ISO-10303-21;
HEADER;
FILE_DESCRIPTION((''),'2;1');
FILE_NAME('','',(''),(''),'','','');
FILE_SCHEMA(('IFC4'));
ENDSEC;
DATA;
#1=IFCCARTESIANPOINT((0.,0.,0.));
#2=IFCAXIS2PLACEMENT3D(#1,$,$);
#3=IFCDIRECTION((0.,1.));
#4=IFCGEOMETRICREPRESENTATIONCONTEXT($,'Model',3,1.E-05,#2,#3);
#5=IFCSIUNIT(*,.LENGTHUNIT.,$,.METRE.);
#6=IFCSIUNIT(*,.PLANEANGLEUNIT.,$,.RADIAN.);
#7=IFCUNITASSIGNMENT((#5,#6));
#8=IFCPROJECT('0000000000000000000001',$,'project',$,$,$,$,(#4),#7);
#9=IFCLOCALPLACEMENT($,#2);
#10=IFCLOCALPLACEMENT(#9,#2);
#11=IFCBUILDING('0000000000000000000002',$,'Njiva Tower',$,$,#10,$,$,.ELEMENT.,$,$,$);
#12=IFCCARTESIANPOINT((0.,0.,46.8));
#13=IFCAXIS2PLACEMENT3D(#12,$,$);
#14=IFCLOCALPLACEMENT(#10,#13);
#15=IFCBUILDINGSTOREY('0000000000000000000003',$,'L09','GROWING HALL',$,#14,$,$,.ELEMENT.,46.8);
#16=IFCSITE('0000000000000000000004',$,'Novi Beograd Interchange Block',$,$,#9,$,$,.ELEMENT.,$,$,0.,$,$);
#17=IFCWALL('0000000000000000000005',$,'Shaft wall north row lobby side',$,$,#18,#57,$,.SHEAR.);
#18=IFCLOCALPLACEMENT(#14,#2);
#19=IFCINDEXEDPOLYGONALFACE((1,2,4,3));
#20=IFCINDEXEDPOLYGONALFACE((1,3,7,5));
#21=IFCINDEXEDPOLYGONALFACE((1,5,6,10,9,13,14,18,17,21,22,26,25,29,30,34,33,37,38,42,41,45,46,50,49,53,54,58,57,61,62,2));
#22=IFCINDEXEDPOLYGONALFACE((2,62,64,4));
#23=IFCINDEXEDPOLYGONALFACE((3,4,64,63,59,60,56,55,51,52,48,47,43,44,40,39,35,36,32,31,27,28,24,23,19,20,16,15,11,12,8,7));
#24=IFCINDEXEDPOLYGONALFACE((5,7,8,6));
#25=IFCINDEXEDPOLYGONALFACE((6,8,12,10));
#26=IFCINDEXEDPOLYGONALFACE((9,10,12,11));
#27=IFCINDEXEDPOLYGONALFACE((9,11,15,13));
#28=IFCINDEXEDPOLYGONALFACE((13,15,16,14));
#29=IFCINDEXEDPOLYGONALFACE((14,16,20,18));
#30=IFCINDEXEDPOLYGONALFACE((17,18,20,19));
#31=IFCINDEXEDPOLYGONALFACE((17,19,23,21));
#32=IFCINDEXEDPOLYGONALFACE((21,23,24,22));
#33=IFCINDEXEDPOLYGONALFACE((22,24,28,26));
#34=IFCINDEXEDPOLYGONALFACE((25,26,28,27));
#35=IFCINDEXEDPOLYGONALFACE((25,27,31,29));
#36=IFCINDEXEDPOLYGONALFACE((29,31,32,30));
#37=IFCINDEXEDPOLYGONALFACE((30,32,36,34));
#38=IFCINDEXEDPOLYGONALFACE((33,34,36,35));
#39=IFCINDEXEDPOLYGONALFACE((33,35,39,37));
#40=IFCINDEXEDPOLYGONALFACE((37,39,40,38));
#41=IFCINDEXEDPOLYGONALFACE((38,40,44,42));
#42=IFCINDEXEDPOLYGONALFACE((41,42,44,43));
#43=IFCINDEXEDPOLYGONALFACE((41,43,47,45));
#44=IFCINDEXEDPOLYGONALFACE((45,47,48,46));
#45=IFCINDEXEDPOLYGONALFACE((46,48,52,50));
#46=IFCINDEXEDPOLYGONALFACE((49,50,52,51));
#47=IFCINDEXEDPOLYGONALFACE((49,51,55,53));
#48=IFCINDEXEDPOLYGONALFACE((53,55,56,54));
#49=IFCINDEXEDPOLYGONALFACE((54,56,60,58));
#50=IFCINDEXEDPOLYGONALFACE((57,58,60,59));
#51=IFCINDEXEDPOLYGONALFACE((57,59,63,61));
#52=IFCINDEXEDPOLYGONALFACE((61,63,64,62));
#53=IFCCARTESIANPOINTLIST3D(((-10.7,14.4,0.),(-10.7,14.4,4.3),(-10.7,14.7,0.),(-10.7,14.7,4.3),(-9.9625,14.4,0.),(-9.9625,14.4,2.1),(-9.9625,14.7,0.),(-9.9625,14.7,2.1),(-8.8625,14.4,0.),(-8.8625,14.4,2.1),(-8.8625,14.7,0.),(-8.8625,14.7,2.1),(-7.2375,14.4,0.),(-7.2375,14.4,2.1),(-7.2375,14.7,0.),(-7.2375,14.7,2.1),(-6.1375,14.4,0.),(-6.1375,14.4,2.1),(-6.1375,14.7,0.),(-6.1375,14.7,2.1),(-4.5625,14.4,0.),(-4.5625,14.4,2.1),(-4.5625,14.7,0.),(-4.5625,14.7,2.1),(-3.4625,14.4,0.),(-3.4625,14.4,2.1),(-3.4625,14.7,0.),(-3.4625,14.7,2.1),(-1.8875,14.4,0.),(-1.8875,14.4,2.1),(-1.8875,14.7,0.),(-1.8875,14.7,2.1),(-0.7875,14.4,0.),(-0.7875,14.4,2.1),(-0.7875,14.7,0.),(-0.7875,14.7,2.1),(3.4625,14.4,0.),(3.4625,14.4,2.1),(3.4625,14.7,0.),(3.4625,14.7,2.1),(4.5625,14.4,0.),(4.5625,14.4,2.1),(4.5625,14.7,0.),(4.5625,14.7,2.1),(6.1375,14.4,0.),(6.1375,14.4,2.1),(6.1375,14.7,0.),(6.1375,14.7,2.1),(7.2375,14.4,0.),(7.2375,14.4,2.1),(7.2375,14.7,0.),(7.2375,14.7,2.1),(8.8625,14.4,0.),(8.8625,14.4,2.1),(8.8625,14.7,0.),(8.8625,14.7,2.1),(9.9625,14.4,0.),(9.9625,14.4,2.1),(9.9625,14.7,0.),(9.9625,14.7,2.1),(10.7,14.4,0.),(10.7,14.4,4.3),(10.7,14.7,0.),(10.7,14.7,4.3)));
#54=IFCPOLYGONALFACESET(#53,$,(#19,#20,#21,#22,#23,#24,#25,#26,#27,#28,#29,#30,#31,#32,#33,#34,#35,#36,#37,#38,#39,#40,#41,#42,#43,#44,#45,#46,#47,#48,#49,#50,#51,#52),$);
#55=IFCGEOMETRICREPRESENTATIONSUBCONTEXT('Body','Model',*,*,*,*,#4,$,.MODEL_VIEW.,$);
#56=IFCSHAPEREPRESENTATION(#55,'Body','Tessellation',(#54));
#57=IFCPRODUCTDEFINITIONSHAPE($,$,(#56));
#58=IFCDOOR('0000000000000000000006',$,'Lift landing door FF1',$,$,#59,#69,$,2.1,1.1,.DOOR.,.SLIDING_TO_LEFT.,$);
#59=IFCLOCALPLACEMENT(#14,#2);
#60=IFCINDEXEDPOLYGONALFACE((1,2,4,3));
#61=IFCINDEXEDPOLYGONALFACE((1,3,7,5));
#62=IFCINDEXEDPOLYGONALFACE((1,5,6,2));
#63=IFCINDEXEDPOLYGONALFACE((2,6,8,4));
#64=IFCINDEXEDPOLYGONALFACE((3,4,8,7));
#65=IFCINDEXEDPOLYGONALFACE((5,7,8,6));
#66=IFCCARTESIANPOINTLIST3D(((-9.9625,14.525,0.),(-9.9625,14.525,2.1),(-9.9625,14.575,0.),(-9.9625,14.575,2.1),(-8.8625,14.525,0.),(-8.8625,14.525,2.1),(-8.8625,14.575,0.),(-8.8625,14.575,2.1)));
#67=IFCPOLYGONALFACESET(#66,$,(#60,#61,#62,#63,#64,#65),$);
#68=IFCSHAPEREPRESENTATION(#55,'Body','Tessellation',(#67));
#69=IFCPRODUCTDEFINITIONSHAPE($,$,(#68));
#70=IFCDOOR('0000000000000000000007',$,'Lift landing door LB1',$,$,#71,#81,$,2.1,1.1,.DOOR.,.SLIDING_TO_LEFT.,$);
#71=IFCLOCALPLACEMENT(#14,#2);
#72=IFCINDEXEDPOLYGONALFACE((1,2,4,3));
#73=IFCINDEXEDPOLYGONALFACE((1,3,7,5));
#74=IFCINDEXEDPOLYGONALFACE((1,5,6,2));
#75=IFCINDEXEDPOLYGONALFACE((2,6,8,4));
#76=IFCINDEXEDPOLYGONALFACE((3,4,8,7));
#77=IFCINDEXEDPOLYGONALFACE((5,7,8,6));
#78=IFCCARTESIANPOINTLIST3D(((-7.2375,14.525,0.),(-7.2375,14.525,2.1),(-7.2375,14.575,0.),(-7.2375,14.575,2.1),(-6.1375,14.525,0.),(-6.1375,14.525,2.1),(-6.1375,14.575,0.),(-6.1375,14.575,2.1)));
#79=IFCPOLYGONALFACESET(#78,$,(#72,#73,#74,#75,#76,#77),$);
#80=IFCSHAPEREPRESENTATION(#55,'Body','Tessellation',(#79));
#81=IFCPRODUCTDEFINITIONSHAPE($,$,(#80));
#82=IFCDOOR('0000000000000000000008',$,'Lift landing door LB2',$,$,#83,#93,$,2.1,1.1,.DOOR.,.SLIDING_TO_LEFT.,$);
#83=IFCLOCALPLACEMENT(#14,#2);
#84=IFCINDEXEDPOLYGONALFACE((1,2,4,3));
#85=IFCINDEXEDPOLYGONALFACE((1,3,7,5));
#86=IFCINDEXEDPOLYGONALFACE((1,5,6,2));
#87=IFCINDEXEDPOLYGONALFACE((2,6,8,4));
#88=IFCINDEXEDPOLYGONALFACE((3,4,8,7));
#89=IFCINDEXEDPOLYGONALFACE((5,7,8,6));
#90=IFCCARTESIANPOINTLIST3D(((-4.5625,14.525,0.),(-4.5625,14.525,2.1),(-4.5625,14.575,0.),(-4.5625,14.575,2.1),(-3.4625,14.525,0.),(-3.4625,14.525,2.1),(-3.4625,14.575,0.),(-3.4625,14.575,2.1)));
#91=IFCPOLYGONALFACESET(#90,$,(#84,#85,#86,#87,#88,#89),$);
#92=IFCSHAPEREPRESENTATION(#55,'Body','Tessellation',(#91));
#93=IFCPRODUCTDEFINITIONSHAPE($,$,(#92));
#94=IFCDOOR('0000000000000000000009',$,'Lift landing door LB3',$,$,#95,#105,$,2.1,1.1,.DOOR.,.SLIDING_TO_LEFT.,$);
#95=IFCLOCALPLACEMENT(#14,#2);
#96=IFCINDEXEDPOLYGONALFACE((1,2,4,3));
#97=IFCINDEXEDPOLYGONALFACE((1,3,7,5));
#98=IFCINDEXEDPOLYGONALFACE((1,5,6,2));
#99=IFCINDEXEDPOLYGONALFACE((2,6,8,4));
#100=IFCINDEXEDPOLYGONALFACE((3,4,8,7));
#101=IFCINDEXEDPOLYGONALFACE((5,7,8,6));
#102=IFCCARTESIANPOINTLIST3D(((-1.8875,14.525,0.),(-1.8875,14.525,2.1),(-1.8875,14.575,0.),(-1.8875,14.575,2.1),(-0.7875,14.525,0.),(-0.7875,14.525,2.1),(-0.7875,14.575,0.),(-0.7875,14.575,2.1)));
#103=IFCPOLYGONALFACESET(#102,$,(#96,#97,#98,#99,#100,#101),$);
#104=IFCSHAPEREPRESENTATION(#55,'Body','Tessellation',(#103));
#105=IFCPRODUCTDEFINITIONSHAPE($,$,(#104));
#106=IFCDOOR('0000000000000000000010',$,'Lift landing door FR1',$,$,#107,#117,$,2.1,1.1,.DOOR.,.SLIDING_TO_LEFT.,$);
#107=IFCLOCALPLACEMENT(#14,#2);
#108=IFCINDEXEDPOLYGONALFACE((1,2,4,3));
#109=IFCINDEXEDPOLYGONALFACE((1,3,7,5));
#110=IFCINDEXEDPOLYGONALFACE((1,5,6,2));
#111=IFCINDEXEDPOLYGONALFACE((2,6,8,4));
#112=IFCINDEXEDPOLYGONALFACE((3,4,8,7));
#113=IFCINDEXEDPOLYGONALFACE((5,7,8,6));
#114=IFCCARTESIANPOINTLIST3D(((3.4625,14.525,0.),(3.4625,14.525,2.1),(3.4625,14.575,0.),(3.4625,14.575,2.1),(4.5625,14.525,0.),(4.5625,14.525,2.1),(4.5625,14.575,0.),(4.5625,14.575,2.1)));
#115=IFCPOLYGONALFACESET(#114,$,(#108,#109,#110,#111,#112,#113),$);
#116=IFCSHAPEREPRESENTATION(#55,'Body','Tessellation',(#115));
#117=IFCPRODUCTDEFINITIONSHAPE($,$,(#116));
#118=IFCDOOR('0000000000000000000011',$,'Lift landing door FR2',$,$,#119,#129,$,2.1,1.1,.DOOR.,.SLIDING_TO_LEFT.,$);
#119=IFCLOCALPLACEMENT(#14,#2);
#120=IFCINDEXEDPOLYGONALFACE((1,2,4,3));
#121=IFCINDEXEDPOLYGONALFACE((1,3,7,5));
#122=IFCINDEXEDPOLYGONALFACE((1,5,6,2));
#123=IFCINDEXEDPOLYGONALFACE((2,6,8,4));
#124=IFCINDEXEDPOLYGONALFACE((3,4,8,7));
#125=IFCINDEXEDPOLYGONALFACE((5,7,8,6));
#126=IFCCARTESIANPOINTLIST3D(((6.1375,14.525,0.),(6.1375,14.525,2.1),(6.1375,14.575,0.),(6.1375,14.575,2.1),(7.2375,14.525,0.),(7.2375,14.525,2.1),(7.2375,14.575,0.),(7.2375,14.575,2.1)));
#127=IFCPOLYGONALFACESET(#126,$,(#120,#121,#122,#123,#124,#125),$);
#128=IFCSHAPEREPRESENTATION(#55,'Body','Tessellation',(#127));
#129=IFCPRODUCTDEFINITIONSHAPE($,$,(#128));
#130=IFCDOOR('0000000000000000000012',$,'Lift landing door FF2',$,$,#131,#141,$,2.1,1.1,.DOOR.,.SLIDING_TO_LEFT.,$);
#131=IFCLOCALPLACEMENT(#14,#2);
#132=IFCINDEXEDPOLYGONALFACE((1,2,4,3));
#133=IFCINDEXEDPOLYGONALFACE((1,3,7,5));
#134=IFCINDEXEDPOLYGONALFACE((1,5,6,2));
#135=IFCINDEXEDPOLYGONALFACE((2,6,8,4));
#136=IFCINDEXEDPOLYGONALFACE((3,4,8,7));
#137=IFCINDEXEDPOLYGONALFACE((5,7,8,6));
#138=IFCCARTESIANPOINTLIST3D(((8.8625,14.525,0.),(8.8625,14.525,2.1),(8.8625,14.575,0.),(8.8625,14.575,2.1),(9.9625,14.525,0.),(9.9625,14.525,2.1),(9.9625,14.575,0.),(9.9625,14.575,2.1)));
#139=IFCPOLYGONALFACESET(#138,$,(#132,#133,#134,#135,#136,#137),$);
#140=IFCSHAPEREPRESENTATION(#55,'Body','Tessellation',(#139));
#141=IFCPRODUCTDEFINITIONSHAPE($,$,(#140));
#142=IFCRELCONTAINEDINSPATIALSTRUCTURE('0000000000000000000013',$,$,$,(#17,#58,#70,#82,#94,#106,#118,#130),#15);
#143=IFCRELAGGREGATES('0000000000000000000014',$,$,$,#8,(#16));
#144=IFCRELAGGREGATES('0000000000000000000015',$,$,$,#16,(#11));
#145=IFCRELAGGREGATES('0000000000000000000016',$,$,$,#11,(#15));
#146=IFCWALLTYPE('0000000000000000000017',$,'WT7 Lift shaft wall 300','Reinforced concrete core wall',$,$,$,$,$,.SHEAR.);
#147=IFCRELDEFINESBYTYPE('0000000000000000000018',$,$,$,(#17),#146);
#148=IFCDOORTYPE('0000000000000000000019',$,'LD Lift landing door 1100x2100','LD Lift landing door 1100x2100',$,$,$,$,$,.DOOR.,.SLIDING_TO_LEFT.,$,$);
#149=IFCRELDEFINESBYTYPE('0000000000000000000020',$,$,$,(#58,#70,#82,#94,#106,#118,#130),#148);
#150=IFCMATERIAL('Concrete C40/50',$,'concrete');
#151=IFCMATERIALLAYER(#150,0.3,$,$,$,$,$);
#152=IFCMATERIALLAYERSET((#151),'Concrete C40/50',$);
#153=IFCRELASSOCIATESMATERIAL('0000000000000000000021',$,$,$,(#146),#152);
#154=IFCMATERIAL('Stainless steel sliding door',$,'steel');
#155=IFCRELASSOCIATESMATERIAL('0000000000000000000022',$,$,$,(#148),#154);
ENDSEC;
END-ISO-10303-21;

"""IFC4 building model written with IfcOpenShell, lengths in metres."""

from ifc_helpers import new_model, si_unit, direction, frame, frame_2d, origin, place, context, subcontext, project, spatial, rectangle, extrude, material, layer, layer_set, type_object, element, fill, save


model = new_model("IFC4")

# Units and contexts
model_context = context("Model", 3, precision=1e-05, world=origin(), true_north=direction((0.0, 1.0)))
body_context = subcontext(model_context, "Body", "Model", "MODEL_VIEW")
ifc_project = project(units=[si_unit("LENGTHUNIT", "METRE"), si_unit("PLANEANGLEUNIT", "RADIAN")], contexts=[model_context])

# Site, building, storey
site_placement = place(None, origin())
site = spatial("IfcSite", under=ifc_project, at=site_placement, Name="Novi Beograd Interchange Block", CompositionType="ELEMENT", RefElevation=0.0)
building_placement = place(site_placement, origin())
building = spatial("IfcBuilding", under=site, at=building_placement, Name="Njiva Tower", CompositionType="ELEMENT")
storey_placement = place(building_placement, frame((0.0, 0.0, 46.8)))
storey = spatial("IfcBuildingStorey", under=building, at=storey_placement, Name="L09", Description="GROWING HALL", CompositionType="ELEMENT", Elevation=46.8)

# Shared definitions
ifc_material_1 = material(Name="Concrete C40/50", Category="concrete")

# Wall, openings, doors
ifc_layer_1 = layer(ifc_material_1, 0.3)
ifc_layer_set_1 = layer_set([ifc_layer_1], Name="Concrete C40/50")
wall_type_1 = type_object("IfcWallType", Name="WT7 Lift shaft wall 300", Description="Reinforced concrete core wall", PredefinedType="SHEAR", material=ifc_layer_set_1)
wall_1_placement = place(storey_placement, frame((-10.7, 14.55, 0.0), z_axis=(0.0, 0.0, 1.0), x_axis=(1.0, 0.0, 0.0)))
wall_1 = element("IfcWall", 1, at=wall_1_placement, inside=storey, type_object=wall_type_1, Name="Shaft wall north row lobby side", PredefinedType="SHEAR", context=body_context, shape_type="SweptSolid", body=[
    extrude(rectangle(XDim=21.4, YDim=0.3, at=frame_2d((10.7, 0.0))), origin(), (0.0, 0.0, 1.0), 4.3),
])
opening_1_placement = place(wall_1_placement, frame((0.7375, 0.0, 0.0)))
opening_1 = element("IfcOpeningElement", 2, at=opening_1_placement, cuts=wall_1, PredefinedType="OPENING", context=body_context, shape_type="SweptSolid", body=[
    extrude(rectangle(XDim=1.1, YDim=2.1, at=frame_2d((0.55, 1.05))), frame((0.0, 0.16, 0.0), z_axis=(0.0, -1.0, 0.0), x_axis=(1.0, 0.0, 0.0)), (0.0, 0.0, 1.0), 0.32),
])
opening_2_placement = place(wall_1_placement, frame((3.4625, 0.0, 0.0)))
opening_2 = element("IfcOpeningElement", 3, at=opening_2_placement, cuts=wall_1, PredefinedType="OPENING", context=body_context, shape_type="SweptSolid", body=[
    extrude(rectangle(XDim=1.1, YDim=2.1, at=frame_2d((0.55, 1.05))), frame((0.0, 0.16, 0.0), z_axis=(0.0, -1.0, 0.0), x_axis=(1.0, 0.0, 0.0)), (0.0, 0.0, 1.0), 0.32),
])
opening_3_placement = place(wall_1_placement, frame((6.1375, 0.0, 0.0)))
opening_3 = element("IfcOpeningElement", 4, at=opening_3_placement, cuts=wall_1, PredefinedType="OPENING", context=body_context, shape_type="SweptSolid", body=[
    extrude(rectangle(XDim=1.1, YDim=2.1, at=frame_2d((0.55, 1.05))), frame((0.0, 0.16, 0.0), z_axis=(0.0, -1.0, 0.0), x_axis=(1.0, 0.0, 0.0)), (0.0, 0.0, 1.0), 0.32),
])
opening_4_placement = place(wall_1_placement, frame((8.8125, 0.0, 0.0)))
opening_4 = element("IfcOpeningElement", 5, at=opening_4_placement, cuts=wall_1, PredefinedType="OPENING", context=body_context, shape_type="SweptSolid", body=[
    extrude(rectangle(XDim=1.1, YDim=2.1, at=frame_2d((0.55, 1.05))), frame((0.0, 0.16, 0.0), z_axis=(0.0, -1.0, 0.0), x_axis=(1.0, 0.0, 0.0)), (0.0, 0.0, 1.0), 0.32),
])
opening_5_placement = place(wall_1_placement, frame((14.1625, 0.0, 0.0)))
opening_5 = element("IfcOpeningElement", 6, at=opening_5_placement, cuts=wall_1, PredefinedType="OPENING", context=body_context, shape_type="SweptSolid", body=[
    extrude(rectangle(XDim=1.1, YDim=2.1, at=frame_2d((0.55, 1.05))), frame((0.0, 0.16, 0.0), z_axis=(0.0, -1.0, 0.0), x_axis=(1.0, 0.0, 0.0)), (0.0, 0.0, 1.0), 0.32),
])
opening_6_placement = place(wall_1_placement, frame((16.8375, 0.0, 0.0)))
opening_6 = element("IfcOpeningElement", 7, at=opening_6_placement, cuts=wall_1, PredefinedType="OPENING", context=body_context, shape_type="SweptSolid", body=[
    extrude(rectangle(XDim=1.1, YDim=2.1, at=frame_2d((0.55, 1.05))), frame((0.0, 0.16, 0.0), z_axis=(0.0, -1.0, 0.0), x_axis=(1.0, 0.0, 0.0)), (0.0, 0.0, 1.0), 0.32),
])
opening_7_placement = place(wall_1_placement, frame((19.5625, 0.0, 0.0)))
opening_7 = element("IfcOpeningElement", 8, at=opening_7_placement, cuts=wall_1, PredefinedType="OPENING", context=body_context, shape_type="SweptSolid", body=[
    extrude(rectangle(XDim=1.1, YDim=2.1, at=frame_2d((0.55, 1.05))), frame((0.0, 0.16, 0.0), z_axis=(0.0, -1.0, 0.0), x_axis=(1.0, 0.0, 0.0)), (0.0, 0.0, 1.0), 0.32),
])
ifc_material_2 = material(Name="Stainless steel sliding door", Category="steel")
door_type_1 = type_object("IfcDoorType", Name="LD Lift landing door 1100x2100", Description="LD Lift landing door 1100x2100", OperationType="SLIDING_TO_LEFT", PredefinedType="DOOR", material=ifc_material_2)
door_1_placement = place(opening_1_placement, origin())
door_1 = element("IfcDoor", 9, at=door_1_placement, inside=storey, type_object=door_type_1, Name="Lift landing door FF1", OperationType="SLIDING_TO_LEFT", OverallHeight=2.1, OverallWidth=1.1, PredefinedType="DOOR", context=body_context, shape_type="SweptSolid", body=[
    extrude(rectangle(XDim=1.1, YDim=2.1, at=frame_2d((0.55, 1.05))), frame((0.0, 0.025, 0.0), z_axis=(0.0, -1.0, 0.0), x_axis=(1.0, 0.0, 0.0)), (0.0, 0.0, 1.0), 0.05),
])
fill(opening_1, door_1)
door_2_placement = place(opening_2_placement, origin())
door_2 = element("IfcDoor", 10, at=door_2_placement, inside=storey, type_object=door_type_1, Name="Lift landing door LB1", OperationType="SLIDING_TO_LEFT", OverallHeight=2.1, OverallWidth=1.1, PredefinedType="DOOR", context=body_context, shape_type="SweptSolid", body=[
    extrude(rectangle(XDim=1.1, YDim=2.1, at=frame_2d((0.55, 1.05))), frame((0.0, 0.025, 0.0), z_axis=(0.0, -1.0, 0.0), x_axis=(1.0, 0.0, 0.0)), (0.0, 0.0, 1.0), 0.05),
])
fill(opening_2, door_2)
door_3_placement = place(opening_3_placement, origin())
door_3 = element("IfcDoor", 11, at=door_3_placement, inside=storey, type_object=door_type_1, Name="Lift landing door LB2", OperationType="SLIDING_TO_LEFT", OverallHeight=2.1, OverallWidth=1.1, PredefinedType="DOOR", context=body_context, shape_type="SweptSolid", body=[
    extrude(rectangle(XDim=1.1, YDim=2.1, at=frame_2d((0.55, 1.05))), frame((0.0, 0.025, 0.0), z_axis=(0.0, -1.0, 0.0), x_axis=(1.0, 0.0, 0.0)), (0.0, 0.0, 1.0), 0.05),
])
fill(opening_3, door_3)
door_4_placement = place(opening_4_placement, origin())
door_4 = element("IfcDoor", 12, at=door_4_placement, inside=storey, type_object=door_type_1, Name="Lift landing door LB3", OperationType="SLIDING_TO_LEFT", OverallHeight=2.1, OverallWidth=1.1, PredefinedType="DOOR", context=body_context, shape_type="SweptSolid", body=[
    extrude(rectangle(XDim=1.1, YDim=2.1, at=frame_2d((0.55, 1.05))), frame((0.0, 0.025, 0.0), z_axis=(0.0, -1.0, 0.0), x_axis=(1.0, 0.0, 0.0)), (0.0, 0.0, 1.0), 0.05),
])
fill(opening_4, door_4)
door_5_placement = place(opening_5_placement, origin())
door_5 = element("IfcDoor", 13, at=door_5_placement, inside=storey, type_object=door_type_1, Name="Lift landing door FR1", OperationType="SLIDING_TO_LEFT", OverallHeight=2.1, OverallWidth=1.1, PredefinedType="DOOR", context=body_context, shape_type="SweptSolid", body=[
    extrude(rectangle(XDim=1.1, YDim=2.1, at=frame_2d((0.55, 1.05))), frame((0.0, 0.025, 0.0), z_axis=(0.0, -1.0, 0.0), x_axis=(1.0, 0.0, 0.0)), (0.0, 0.0, 1.0), 0.05),
])
fill(opening_5, door_5)
door_6_placement = place(opening_6_placement, origin())
door_6 = element("IfcDoor", 14, at=door_6_placement, inside=storey, type_object=door_type_1, Name="Lift landing door FR2", OperationType="SLIDING_TO_LEFT", OverallHeight=2.1, OverallWidth=1.1, PredefinedType="DOOR", context=body_context, shape_type="SweptSolid", body=[
    extrude(rectangle(XDim=1.1, YDim=2.1, at=frame_2d((0.55, 1.05))), frame((0.0, 0.025, 0.0), z_axis=(0.0, -1.0, 0.0), x_axis=(1.0, 0.0, 0.0)), (0.0, 0.0, 1.0), 0.05),
])
fill(opening_6, door_6)
door_7_placement = place(opening_7_placement, origin())
door_7 = element("IfcDoor", 15, at=door_7_placement, inside=storey, type_object=door_type_1, Name="Lift landing door FF2", OperationType="SLIDING_TO_LEFT", OverallHeight=2.1, OverallWidth=1.1, PredefinedType="DOOR", context=body_context, shape_type="SweptSolid", body=[
    extrude(rectangle(XDim=1.1, YDim=2.1, at=frame_2d((0.55, 1.05))), frame((0.0, 0.025, 0.0), z_axis=(0.0, -1.0, 0.0), x_axis=(1.0, 0.0, 0.0)), (0.0, 0.0, 1.0), 0.05),
])
fill(opening_7, door_7)

save(model, "model.ifc")
